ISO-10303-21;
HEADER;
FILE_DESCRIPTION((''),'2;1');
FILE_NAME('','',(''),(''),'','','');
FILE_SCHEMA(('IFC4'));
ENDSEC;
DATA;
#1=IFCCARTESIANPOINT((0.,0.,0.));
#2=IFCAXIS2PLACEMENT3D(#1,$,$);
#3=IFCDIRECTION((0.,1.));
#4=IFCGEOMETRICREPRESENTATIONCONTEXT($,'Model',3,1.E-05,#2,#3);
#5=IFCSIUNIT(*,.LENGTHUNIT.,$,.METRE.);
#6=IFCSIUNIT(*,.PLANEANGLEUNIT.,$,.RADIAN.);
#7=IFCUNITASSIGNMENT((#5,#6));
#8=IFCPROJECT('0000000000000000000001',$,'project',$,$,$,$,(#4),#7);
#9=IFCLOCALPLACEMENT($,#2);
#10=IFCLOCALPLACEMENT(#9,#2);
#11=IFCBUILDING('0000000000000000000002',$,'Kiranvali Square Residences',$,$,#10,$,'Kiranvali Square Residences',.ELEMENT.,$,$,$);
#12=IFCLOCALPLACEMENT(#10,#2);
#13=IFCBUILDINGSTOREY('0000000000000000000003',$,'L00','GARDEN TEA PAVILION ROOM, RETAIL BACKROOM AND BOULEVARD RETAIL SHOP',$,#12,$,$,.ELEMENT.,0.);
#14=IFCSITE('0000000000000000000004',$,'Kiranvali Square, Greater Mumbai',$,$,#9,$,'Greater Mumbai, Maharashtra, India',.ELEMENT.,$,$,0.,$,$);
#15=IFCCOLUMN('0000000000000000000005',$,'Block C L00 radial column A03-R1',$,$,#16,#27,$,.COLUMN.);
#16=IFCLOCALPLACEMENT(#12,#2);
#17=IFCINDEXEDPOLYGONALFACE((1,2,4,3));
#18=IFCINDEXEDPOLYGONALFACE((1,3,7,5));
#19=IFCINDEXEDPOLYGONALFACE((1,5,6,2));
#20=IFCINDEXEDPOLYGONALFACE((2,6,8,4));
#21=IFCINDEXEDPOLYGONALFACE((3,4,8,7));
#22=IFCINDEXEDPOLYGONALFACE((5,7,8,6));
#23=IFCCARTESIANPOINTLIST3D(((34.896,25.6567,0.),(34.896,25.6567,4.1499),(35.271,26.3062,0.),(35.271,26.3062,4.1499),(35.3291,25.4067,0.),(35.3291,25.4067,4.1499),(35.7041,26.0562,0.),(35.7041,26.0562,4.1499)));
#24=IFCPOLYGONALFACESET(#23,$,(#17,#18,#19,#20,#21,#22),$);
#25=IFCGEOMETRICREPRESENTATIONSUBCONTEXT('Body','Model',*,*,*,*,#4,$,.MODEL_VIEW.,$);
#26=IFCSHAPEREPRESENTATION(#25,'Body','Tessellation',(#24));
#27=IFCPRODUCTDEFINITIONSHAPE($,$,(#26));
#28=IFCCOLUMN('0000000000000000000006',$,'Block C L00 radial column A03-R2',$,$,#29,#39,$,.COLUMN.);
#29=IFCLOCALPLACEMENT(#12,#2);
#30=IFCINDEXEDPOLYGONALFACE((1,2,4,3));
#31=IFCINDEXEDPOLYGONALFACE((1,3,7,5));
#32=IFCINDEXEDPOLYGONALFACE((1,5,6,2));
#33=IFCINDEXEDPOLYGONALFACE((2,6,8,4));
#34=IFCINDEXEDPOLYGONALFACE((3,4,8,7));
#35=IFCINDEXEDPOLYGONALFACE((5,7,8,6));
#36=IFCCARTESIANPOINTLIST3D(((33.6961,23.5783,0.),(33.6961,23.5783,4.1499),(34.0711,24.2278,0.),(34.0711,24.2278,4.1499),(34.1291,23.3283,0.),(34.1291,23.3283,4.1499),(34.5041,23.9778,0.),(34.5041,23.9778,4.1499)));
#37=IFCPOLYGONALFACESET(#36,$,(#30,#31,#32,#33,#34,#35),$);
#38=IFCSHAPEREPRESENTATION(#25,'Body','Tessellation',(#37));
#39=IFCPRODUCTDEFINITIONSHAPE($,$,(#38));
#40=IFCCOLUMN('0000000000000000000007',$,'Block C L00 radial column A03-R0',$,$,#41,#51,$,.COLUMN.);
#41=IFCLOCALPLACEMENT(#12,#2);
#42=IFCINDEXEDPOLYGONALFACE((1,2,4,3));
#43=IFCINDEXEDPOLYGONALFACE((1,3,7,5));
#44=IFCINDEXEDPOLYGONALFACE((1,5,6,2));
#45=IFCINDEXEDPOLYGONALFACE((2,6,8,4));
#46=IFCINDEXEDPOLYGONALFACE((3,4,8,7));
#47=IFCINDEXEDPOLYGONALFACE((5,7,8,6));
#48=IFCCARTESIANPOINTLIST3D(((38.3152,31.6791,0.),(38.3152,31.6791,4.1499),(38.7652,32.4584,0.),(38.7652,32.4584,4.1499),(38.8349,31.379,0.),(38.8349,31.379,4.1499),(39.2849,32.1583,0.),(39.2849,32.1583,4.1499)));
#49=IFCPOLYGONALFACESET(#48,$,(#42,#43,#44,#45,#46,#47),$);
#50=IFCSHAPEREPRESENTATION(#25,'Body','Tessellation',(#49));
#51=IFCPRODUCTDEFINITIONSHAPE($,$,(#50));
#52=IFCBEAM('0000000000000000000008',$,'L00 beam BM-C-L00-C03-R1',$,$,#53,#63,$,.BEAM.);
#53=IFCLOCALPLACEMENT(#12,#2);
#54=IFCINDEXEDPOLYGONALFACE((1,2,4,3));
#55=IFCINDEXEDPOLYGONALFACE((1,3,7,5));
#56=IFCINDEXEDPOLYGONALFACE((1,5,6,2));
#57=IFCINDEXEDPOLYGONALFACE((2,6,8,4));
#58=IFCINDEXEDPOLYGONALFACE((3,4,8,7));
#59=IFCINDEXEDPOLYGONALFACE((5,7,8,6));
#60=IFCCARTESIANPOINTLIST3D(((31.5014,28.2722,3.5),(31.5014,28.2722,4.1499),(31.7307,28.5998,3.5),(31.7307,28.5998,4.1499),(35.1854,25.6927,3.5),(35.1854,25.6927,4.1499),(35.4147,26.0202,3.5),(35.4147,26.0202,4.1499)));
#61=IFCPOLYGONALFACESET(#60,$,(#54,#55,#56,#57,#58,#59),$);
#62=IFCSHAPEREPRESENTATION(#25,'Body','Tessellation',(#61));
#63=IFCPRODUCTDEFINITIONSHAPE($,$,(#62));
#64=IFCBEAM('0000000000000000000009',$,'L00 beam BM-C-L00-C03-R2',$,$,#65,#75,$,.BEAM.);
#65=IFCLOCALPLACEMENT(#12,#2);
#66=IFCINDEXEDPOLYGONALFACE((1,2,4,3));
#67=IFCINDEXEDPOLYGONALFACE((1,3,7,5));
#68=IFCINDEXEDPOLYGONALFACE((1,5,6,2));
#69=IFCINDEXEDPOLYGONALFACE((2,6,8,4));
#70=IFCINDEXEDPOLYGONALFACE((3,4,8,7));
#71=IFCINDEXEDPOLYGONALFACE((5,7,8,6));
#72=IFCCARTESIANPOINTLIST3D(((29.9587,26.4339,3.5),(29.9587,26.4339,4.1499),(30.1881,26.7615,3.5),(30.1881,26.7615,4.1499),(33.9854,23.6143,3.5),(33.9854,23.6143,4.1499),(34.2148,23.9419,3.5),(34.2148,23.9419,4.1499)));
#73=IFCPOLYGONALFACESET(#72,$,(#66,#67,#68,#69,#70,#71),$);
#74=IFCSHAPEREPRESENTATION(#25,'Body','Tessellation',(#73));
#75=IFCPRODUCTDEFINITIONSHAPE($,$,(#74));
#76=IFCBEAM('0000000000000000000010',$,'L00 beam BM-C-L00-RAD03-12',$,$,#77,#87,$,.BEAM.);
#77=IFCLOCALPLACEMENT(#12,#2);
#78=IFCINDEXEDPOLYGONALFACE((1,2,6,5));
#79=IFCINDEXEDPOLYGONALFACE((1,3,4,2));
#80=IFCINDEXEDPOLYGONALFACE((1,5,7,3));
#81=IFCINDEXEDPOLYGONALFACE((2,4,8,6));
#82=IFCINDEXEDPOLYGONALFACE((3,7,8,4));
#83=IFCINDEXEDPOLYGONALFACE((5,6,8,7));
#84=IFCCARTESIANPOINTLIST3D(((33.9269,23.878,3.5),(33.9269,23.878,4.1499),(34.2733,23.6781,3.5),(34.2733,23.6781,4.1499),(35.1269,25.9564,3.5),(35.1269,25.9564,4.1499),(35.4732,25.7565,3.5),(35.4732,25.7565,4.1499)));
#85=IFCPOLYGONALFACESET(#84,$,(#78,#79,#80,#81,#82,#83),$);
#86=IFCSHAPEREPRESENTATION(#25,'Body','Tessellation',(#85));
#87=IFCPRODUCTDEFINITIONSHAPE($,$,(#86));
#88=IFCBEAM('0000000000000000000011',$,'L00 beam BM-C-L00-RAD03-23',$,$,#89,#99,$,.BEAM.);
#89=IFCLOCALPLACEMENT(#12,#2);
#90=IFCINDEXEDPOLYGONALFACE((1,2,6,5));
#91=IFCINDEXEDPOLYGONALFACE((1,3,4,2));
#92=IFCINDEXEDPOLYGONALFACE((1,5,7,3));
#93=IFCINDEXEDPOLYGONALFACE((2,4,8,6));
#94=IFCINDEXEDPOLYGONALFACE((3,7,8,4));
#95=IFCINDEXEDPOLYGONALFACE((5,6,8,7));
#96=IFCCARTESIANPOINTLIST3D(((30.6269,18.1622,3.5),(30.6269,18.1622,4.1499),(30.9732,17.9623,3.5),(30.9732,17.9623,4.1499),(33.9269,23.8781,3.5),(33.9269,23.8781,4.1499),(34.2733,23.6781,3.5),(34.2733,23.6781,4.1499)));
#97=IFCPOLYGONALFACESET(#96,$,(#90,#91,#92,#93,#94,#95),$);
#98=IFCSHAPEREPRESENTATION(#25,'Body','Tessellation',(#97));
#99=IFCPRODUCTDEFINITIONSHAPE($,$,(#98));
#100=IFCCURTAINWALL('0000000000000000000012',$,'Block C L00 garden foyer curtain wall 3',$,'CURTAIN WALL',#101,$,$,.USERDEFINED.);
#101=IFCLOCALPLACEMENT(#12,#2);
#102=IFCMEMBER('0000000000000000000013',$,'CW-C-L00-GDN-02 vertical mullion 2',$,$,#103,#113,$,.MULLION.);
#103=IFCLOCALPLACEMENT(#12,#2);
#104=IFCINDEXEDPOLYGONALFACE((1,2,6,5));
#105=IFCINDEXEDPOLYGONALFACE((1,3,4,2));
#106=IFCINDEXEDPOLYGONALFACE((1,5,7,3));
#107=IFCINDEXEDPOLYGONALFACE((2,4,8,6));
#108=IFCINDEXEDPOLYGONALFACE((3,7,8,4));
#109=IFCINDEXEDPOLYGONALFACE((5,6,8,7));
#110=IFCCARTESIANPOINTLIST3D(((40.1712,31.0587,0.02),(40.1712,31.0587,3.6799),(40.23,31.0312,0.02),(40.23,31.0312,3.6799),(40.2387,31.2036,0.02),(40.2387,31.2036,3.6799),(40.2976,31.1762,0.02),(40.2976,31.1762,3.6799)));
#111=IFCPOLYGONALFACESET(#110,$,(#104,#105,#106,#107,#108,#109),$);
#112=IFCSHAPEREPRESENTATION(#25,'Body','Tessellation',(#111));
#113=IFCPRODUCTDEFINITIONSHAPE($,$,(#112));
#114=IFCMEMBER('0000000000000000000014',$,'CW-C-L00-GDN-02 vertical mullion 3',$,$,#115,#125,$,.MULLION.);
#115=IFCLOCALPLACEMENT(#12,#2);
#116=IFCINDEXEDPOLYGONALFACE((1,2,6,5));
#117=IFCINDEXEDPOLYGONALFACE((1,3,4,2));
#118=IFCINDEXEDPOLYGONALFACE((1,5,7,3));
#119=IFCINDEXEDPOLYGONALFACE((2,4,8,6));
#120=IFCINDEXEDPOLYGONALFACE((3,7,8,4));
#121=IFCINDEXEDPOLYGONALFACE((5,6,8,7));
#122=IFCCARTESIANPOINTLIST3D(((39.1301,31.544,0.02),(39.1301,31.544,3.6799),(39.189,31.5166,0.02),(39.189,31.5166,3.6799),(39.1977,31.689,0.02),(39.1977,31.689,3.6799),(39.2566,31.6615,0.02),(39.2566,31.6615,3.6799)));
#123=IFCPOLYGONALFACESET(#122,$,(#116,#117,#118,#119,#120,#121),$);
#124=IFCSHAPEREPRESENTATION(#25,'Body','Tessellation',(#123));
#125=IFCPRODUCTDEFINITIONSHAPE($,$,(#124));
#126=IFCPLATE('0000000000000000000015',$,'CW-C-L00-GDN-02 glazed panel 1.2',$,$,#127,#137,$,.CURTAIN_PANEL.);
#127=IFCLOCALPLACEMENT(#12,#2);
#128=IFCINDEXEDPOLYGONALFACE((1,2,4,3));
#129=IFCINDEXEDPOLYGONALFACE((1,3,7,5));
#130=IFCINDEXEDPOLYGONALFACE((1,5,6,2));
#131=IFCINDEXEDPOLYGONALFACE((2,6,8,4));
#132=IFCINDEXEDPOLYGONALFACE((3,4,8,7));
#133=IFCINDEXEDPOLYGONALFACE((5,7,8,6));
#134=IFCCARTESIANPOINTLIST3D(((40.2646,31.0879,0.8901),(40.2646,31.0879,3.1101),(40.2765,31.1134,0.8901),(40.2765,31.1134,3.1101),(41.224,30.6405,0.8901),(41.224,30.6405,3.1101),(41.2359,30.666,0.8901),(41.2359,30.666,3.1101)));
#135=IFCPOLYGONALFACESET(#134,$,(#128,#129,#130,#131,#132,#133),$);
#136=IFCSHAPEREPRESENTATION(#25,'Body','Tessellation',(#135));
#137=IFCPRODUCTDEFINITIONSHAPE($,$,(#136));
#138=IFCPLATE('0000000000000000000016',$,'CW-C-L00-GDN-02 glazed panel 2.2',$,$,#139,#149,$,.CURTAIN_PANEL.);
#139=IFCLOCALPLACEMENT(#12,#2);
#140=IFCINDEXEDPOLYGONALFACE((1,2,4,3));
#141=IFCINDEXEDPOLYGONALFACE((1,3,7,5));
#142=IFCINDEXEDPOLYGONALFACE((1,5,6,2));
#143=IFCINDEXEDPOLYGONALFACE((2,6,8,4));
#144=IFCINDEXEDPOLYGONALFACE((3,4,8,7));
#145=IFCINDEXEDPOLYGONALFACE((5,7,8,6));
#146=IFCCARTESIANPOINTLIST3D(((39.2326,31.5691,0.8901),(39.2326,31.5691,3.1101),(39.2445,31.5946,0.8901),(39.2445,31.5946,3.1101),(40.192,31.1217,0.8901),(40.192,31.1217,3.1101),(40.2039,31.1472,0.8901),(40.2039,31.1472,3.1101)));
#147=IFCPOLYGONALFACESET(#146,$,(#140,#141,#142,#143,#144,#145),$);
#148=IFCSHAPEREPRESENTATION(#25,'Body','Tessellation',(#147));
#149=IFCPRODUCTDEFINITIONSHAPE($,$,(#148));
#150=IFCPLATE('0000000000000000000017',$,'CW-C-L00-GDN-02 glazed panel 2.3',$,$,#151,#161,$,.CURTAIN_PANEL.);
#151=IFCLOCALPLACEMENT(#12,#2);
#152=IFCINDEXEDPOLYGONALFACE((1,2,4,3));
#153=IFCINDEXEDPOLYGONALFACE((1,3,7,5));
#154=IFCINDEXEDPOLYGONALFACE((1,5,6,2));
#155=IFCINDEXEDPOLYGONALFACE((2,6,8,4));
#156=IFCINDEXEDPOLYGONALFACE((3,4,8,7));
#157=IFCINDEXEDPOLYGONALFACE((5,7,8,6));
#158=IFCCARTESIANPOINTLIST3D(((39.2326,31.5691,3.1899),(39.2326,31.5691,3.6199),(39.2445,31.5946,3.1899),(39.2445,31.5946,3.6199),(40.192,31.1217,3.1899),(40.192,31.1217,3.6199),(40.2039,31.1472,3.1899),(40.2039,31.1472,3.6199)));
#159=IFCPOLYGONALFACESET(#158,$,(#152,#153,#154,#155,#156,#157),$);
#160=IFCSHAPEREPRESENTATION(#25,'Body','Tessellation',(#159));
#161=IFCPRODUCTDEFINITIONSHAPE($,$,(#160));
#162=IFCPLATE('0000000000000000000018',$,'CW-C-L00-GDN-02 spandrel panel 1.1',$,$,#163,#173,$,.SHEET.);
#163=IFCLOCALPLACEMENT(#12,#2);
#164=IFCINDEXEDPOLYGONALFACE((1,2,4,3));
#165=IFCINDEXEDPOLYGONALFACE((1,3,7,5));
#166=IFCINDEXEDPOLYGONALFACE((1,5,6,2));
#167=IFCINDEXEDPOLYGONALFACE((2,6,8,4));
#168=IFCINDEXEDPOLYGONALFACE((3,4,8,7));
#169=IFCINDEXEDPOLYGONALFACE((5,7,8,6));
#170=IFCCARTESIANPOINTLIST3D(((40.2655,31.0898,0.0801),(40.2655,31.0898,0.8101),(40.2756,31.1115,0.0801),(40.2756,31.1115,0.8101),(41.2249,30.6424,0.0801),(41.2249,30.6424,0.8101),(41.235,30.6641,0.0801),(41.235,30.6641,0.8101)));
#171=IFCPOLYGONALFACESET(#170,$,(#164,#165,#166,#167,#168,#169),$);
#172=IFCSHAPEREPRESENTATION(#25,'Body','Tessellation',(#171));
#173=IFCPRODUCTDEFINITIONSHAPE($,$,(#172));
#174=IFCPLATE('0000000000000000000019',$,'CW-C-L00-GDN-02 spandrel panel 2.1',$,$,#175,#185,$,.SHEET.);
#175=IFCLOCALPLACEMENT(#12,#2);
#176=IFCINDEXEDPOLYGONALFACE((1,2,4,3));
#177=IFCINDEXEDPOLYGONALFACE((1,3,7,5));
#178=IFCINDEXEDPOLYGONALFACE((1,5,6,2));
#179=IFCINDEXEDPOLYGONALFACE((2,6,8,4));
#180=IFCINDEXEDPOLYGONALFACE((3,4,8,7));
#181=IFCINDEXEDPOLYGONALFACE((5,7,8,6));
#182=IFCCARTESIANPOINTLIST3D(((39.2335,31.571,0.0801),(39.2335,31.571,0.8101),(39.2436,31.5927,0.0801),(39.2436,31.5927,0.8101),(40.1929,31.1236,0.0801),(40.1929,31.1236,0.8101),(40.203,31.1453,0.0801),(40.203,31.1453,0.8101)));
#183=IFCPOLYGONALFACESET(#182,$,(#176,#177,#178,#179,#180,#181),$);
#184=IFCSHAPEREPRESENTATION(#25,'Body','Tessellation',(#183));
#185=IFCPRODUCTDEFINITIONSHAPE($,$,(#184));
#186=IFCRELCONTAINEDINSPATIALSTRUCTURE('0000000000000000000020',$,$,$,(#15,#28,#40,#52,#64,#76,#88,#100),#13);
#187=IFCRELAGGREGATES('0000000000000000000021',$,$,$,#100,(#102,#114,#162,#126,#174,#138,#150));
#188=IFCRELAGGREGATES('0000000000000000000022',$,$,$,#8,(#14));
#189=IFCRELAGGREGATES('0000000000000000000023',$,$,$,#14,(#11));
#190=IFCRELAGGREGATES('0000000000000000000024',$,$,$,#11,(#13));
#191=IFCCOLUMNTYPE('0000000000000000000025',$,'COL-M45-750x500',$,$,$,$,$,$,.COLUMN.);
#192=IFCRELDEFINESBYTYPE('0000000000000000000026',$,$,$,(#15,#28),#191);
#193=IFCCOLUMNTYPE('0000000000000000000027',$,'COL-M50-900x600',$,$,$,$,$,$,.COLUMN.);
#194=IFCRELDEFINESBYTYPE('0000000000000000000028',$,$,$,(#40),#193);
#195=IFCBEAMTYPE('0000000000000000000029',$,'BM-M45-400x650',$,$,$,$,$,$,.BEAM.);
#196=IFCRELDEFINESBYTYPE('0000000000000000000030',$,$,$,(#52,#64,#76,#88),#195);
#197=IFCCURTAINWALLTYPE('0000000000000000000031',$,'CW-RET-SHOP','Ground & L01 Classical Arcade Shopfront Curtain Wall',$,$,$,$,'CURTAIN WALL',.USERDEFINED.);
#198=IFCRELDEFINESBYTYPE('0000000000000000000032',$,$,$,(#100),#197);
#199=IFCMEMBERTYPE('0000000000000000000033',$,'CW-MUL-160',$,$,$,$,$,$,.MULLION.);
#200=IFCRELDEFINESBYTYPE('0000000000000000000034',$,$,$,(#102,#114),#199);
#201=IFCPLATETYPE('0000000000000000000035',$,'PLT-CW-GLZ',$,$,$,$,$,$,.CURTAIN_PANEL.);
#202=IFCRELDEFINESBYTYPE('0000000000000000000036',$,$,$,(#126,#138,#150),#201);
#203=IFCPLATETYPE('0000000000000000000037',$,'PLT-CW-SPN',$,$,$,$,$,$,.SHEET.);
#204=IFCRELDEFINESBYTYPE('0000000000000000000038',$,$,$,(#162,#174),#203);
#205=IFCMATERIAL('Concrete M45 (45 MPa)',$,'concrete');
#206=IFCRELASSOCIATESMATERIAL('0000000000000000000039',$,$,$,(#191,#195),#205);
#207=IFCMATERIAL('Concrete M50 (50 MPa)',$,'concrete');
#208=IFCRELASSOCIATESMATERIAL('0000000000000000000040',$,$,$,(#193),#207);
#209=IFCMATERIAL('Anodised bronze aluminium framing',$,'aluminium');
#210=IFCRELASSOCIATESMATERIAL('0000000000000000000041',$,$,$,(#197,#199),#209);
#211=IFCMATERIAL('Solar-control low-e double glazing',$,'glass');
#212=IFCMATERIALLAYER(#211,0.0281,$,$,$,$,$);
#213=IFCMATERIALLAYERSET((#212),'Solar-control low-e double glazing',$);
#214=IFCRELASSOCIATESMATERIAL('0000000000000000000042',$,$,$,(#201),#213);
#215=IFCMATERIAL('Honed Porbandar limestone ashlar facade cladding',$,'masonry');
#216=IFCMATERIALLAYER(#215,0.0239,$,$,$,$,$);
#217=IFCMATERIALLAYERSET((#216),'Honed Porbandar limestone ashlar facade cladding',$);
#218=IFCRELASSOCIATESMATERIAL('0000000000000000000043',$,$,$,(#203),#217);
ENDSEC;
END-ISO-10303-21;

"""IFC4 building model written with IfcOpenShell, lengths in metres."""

from ifc_helpers import new_model, si_unit, direction, frame, origin, origin_2d, place, context, subcontext, project, spatial, rectangle, extrude, material, layer, layer_set, material_profile, profile_set, type_object, element, aggregate, save


model = new_model("IFC4")

# Units and contexts
model_context = context("Model", 3, precision=1e-05, world=origin(), true_north=direction((0.0, 1.0)))
body_context = subcontext(model_context, "Body", "Model", "MODEL_VIEW")
ifc_project = project(units=[si_unit("LENGTHUNIT", "METRE"), si_unit("PLANEANGLEUNIT", "RADIAN")], contexts=[model_context])

# Site, building, storey
site_placement = place(None, origin())
site = spatial("IfcSite", under=ifc_project, at=site_placement, Name="Kiranvali Square, Greater Mumbai", LongName="Greater Mumbai, Maharashtra, India", CompositionType="ELEMENT", RefElevation=0.0)
building_placement = place(site_placement, origin())
building = spatial("IfcBuilding", under=site, at=building_placement, Name="Kiranvali Square Residences", LongName="Kiranvali Square Residences", CompositionType="ELEMENT")
storey_placement = place(building_placement, origin())
storey = spatial("IfcBuildingStorey", under=building, at=storey_placement, Name="L00", Description="GARDEN TEA PAVILION ROOM, RETAIL BACKROOM AND BOULEVARD RETAIL SHOP", CompositionType="ELEMENT", Elevation=0.0)

# Columns
ifc_material_1 = material(Name="Concrete M45 (45 MPa)", Category="concrete")
ifc_material_profile_1 = material_profile(ifc_material_1, rectangle(XDim=0.5, YDim=0.75, at=origin_2d()), Name="RC 750x500")
ifc_profile_set_1 = profile_set([ifc_material_profile_1], Name="Concrete M45 (45 MPa)")
column_type_1 = type_object("IfcColumnType", Name="COL-M45-750x500", PredefinedType="COLUMN", material=ifc_profile_set_1)
for number, where, z_axis, x_axis, name in (
    (1, (35.3, 25.8564, 0.0), (0.0, 0.0, 1.0), (-0.866025, 0.5, 0.0), "Block C L00 radial column A03-R1"),
    (2, (34.1001, 23.7781, 0.0), (0.0, 0.0, 1.0), (-0.866025, 0.5, 0.0), "Block C L00 radial column A03-R2"),
):
    element("IfcColumn", number, at=place(storey_placement, frame(where, z_axis=z_axis, x_axis=x_axis)), inside=storey, type_object=column_type_1, Name=name, PredefinedType="COLUMN", context=body_context, shape_type="SweptSolid", body=[
        extrude(rectangle(XDim=0.5, YDim=0.75, at=origin_2d()), origin(), (0.0, 0.0, 1.0), 4.1499),
    ])
ifc_material_2 = material(Name="Concrete M50 (50 MPa)", Category="concrete")
ifc_material_profile_2 = material_profile(ifc_material_2, rectangle(XDim=0.6001, YDim=0.8999, at=origin_2d()), Name="RC 900x600")
ifc_profile_set_2 = profile_set([ifc_material_profile_2], Name="Concrete M50 (50 MPa)")
column_type_2 = type_object("IfcColumnType", Name="COL-M50-900x600", PredefinedType="COLUMN", material=ifc_profile_set_2)
column_placement = place(storey_placement, frame((38.8, 31.9187, 0.0), z_axis=(0.0, 0.0, 1.0), x_axis=(-0.866025, 0.5, 0.0)))
element("IfcColumn", 3, at=column_placement, inside=storey, type_object=column_type_2, Name="Block C L00 radial column A03-R0", PredefinedType="COLUMN", context=body_context, shape_type="SweptSolid", body=[
    extrude(rectangle(XDim=0.6001, YDim=0.8999, at=origin_2d()), origin(), (0.0, 0.0, 1.0), 4.1499),
])

# Beams
ifc_material_profile_3 = material_profile(ifc_material_1, rectangle(XDim=0.3999, YDim=0.6499, at=origin_2d()), Name="RC 400x650")
ifc_profile_set_3 = profile_set([ifc_material_profile_3], Name="Concrete M45 (45 MPa)")
beam_type = type_object("IfcBeamType", Name="BM-M45-400x650", PredefinedType="BEAM", material=ifc_profile_set_3)
beam_1_placement = place(storey_placement, frame((35.3, 25.8564, 3.825), z_axis=(-0.819155, 0.573572, 0.0), x_axis=(-0.573572, -0.819155, 0.0)))
element("IfcBeam", 4, at=beam_1_placement, inside=storey, type_object=beam_type, Name="L00 beam BM-C-L00-C03-R1", PredefinedType="BEAM", context=body_context, shape_type="SweptSolid", body=[
    extrude(rectangle(XDim=0.3999, YDim=0.6499, at=origin_2d()), origin(), (0.0, 0.0, 1.0), 4.4973),
])
beam_2_placement = place(storey_placement, frame((34.1001, 23.7781, 3.825), z_axis=(-0.819141, 0.573592, 0.0), x_axis=(-0.573592, -0.819141, 0.0)))
element("IfcBeam", 5, at=beam_2_placement, inside=storey, type_object=beam_type, Name="L00 beam BM-C-L00-C03-R2", PredefinedType="BEAM", context=body_context, shape_type="SweptSolid", body=[
    extrude(rectangle(XDim=0.3999, YDim=0.6499, at=origin_2d()), origin(), (0.0, 0.0, 1.0), 4.9158),
])
beam_3_placement = place(storey_placement, frame((35.3, 25.8564, 3.825), z_axis=(-0.500001, -0.866025, 0.0), x_axis=(0.866025, -0.500001, 0.0)))
element("IfcBeam", 6, at=beam_3_placement, inside=storey, type_object=beam_type, Name="L00 beam BM-C-L00-RAD03-12", PredefinedType="BEAM", context=body_context, shape_type="SweptSolid", body=[
    extrude(rectangle(XDim=0.3999, YDim=0.6499, at=origin_2d()), origin(), (0.0, 0.0, 1.0), 2.3999),
])
beam_4_placement = place(storey_placement, frame((34.1001, 23.7781, 3.825), z_axis=(-0.500002, -0.866024, 0.0), x_axis=(0.866024, -0.500002, 0.0)))
element("IfcBeam", 7, at=beam_4_placement, inside=storey, type_object=beam_type, Name="L00 beam BM-C-L00-RAD03-23", PredefinedType="BEAM", context=body_context, shape_type="SweptSolid", body=[
    extrude(rectangle(XDim=0.3999, YDim=0.6499, at=origin_2d()), origin(), (0.0, 0.0, 1.0), 6.6001),
])

# Curtain wall, members, plates
ifc_material_3 = material(Name="Anodised bronze aluminium framing", Category="aluminium")
curtain_wall_type = type_object("IfcCurtainWallType", Name="CW-RET-SHOP", Description="Ground & L01 Classical Arcade Shopfront Curtain Wall", ElementType="CURTAIN WALL", PredefinedType="USERDEFINED", material=ifc_material_3)
curtain_wall_placement = place(storey_placement, origin())
curtain_wall = element("IfcCurtainWall", 8, at=curtain_wall_placement, inside=storey, type_object=curtain_wall_type, Name="Block C L00 garden foyer curtain wall 3", ObjectType="CURTAIN WALL", PredefinedType="USERDEFINED")
ifc_material_profile_4 = material_profile(ifc_material_3, rectangle(XDim=0.0649, YDim=0.1599, at=origin_2d()), Name="ALU 65x160")
ifc_profile_set_4 = profile_set([ifc_material_profile_4], Name="Anodised bronze aluminium framing")
member_type = type_object("IfcMemberType", Name="CW-MUL-160", PredefinedType="MULLION", material=ifc_profile_set_4)
member_1_placement = place(storey_placement, frame((40.2344, 31.1174, 0.02), z_axis=(0.0, 0.0, 1.0), x_axis=(-0.906308, 0.422618, 0.0)))
member_1 = element("IfcMember", 9, at=member_1_placement, type_object=member_type, Name="CW-C-L00-GDN-02 vertical mullion 2", PredefinedType="MULLION", context=body_context, shape_type="SweptSolid", body=[
    extrude(rectangle(XDim=0.0649, YDim=0.1599, at=origin_2d()), origin(), (0.0, 0.0, 1.0), 3.6599),
])
member_2_placement = place(storey_placement, frame((39.1934, 31.6028, 0.02), z_axis=(0.0, 0.0, 1.0), x_axis=(-0.906308, 0.422618, 0.0)))
member_2 = element("IfcMember", 10, at=member_2_placement, type_object=member_type, Name="CW-C-L00-GDN-02 vertical mullion 3", PredefinedType="MULLION", context=body_context, shape_type="SweptSolid", body=[
    extrude(rectangle(XDim=0.0649, YDim=0.1599, at=origin_2d()), origin(), (0.0, 0.0, 1.0), 3.6599),
])
ifc_material_4 = material(Name="Solar-control low-e double glazing", Category="glass")
ifc_layer_1 = layer(ifc_material_4, 0.0281)
ifc_layer_set_1 = layer_set([ifc_layer_1], Name="Solar-control low-e double glazing")
plate_type_1 = type_object("IfcPlateType", Name="PLT-CW-GLZ", PredefinedType="CURTAIN_PANEL", material=ifc_layer_set_1)
plate_1_placement = place(storey_placement, frame((40.7502, 30.877, 0.8901), z_axis=(0.0, 0.0, 1.0), x_axis=(-0.906308, 0.422618, 0.0)))
plate_1 = element("IfcPlate", 11, at=plate_1_placement, type_object=plate_type_1, Name="CW-C-L00-GDN-02 glazed panel 1.2", PredefinedType="CURTAIN_PANEL", context=body_context, shape_type="SweptSolid", body=[
    extrude(rectangle(XDim=1.0586, YDim=0.0281, at=origin_2d()), origin(), (0.0, 0.0, 1.0), 2.22),
])
plate_2_placement = place(storey_placement, frame((39.7183, 31.3582, 0.8901), z_axis=(0.0, 0.0, 1.0), x_axis=(-0.906308, 0.422618, 0.0)))
plate_2 = element("IfcPlate", 12, at=plate_2_placement, type_object=plate_type_1, Name="CW-C-L00-GDN-02 glazed panel 2.2", PredefinedType="CURTAIN_PANEL", context=body_context, shape_type="SweptSolid", body=[
    extrude(rectangle(XDim=1.0586, YDim=0.0281, at=origin_2d()), origin(), (0.0, 0.0, 1.0), 2.22),
])
plate_3_placement = place(storey_placement, frame((39.7183, 31.3582, 3.1899), z_axis=(0.0, 0.0, 1.0), x_axis=(-0.906308, 0.422618, 0.0)))
plate_3 = element("IfcPlate", 13, at=plate_3_placement, type_object=plate_type_1, Name="CW-C-L00-GDN-02 glazed panel 2.3", PredefinedType="CURTAIN_PANEL", context=body_context, shape_type="SweptSolid", body=[
    extrude(rectangle(XDim=1.0586, YDim=0.0281, at=origin_2d()), origin(), (0.0, 0.0, 1.0), 0.4299),
])
ifc_material_5 = material(Name="Honed Porbandar limestone ashlar facade cladding", Category="masonry")
ifc_layer_2 = layer(ifc_material_5, 0.0239)
ifc_layer_set_2 = layer_set([ifc_layer_2], Name="Honed Porbandar limestone ashlar facade cladding")
plate_type_2 = type_object("IfcPlateType", Name="PLT-CW-SPN", PredefinedType="SHEET", material=ifc_layer_set_2)
plate_4_placement = place(storey_placement, frame((40.7502, 30.877, 0.0801), z_axis=(0.0, 0.0, 1.0), x_axis=(-0.906308, 0.422618, 0.0)))
plate_4 = element("IfcPlate", 14, at=plate_4_placement, type_object=plate_type_2, Name="CW-C-L00-GDN-02 spandrel panel 1.1", PredefinedType="SHEET", context=body_context, shape_type="SweptSolid", body=[
    extrude(rectangle(XDim=1.0586, YDim=0.0239, at=origin_2d()), origin(), (0.0, 0.0, 1.0), 0.73),
])
plate_5_placement = place(storey_placement, frame((39.7183, 31.3582, 0.0801), z_axis=(0.0, 0.0, 1.0), x_axis=(-0.906308, 0.422618, 0.0)))
plate_5 = element("IfcPlate", 15, at=plate_5_placement, type_object=plate_type_2, Name="CW-C-L00-GDN-02 spandrel panel 2.1", PredefinedType="SHEET", context=body_context, shape_type="SweptSolid", body=[
    extrude(rectangle(XDim=1.0586, YDim=0.0239, at=origin_2d()), origin(), (0.0, 0.0, 1.0), 0.73),
])
aggregate(curtain_wall, [member_1, member_2, plate_4, plate_1, plate_5, plate_2, plate_3])

save(model, "model.ifc")
